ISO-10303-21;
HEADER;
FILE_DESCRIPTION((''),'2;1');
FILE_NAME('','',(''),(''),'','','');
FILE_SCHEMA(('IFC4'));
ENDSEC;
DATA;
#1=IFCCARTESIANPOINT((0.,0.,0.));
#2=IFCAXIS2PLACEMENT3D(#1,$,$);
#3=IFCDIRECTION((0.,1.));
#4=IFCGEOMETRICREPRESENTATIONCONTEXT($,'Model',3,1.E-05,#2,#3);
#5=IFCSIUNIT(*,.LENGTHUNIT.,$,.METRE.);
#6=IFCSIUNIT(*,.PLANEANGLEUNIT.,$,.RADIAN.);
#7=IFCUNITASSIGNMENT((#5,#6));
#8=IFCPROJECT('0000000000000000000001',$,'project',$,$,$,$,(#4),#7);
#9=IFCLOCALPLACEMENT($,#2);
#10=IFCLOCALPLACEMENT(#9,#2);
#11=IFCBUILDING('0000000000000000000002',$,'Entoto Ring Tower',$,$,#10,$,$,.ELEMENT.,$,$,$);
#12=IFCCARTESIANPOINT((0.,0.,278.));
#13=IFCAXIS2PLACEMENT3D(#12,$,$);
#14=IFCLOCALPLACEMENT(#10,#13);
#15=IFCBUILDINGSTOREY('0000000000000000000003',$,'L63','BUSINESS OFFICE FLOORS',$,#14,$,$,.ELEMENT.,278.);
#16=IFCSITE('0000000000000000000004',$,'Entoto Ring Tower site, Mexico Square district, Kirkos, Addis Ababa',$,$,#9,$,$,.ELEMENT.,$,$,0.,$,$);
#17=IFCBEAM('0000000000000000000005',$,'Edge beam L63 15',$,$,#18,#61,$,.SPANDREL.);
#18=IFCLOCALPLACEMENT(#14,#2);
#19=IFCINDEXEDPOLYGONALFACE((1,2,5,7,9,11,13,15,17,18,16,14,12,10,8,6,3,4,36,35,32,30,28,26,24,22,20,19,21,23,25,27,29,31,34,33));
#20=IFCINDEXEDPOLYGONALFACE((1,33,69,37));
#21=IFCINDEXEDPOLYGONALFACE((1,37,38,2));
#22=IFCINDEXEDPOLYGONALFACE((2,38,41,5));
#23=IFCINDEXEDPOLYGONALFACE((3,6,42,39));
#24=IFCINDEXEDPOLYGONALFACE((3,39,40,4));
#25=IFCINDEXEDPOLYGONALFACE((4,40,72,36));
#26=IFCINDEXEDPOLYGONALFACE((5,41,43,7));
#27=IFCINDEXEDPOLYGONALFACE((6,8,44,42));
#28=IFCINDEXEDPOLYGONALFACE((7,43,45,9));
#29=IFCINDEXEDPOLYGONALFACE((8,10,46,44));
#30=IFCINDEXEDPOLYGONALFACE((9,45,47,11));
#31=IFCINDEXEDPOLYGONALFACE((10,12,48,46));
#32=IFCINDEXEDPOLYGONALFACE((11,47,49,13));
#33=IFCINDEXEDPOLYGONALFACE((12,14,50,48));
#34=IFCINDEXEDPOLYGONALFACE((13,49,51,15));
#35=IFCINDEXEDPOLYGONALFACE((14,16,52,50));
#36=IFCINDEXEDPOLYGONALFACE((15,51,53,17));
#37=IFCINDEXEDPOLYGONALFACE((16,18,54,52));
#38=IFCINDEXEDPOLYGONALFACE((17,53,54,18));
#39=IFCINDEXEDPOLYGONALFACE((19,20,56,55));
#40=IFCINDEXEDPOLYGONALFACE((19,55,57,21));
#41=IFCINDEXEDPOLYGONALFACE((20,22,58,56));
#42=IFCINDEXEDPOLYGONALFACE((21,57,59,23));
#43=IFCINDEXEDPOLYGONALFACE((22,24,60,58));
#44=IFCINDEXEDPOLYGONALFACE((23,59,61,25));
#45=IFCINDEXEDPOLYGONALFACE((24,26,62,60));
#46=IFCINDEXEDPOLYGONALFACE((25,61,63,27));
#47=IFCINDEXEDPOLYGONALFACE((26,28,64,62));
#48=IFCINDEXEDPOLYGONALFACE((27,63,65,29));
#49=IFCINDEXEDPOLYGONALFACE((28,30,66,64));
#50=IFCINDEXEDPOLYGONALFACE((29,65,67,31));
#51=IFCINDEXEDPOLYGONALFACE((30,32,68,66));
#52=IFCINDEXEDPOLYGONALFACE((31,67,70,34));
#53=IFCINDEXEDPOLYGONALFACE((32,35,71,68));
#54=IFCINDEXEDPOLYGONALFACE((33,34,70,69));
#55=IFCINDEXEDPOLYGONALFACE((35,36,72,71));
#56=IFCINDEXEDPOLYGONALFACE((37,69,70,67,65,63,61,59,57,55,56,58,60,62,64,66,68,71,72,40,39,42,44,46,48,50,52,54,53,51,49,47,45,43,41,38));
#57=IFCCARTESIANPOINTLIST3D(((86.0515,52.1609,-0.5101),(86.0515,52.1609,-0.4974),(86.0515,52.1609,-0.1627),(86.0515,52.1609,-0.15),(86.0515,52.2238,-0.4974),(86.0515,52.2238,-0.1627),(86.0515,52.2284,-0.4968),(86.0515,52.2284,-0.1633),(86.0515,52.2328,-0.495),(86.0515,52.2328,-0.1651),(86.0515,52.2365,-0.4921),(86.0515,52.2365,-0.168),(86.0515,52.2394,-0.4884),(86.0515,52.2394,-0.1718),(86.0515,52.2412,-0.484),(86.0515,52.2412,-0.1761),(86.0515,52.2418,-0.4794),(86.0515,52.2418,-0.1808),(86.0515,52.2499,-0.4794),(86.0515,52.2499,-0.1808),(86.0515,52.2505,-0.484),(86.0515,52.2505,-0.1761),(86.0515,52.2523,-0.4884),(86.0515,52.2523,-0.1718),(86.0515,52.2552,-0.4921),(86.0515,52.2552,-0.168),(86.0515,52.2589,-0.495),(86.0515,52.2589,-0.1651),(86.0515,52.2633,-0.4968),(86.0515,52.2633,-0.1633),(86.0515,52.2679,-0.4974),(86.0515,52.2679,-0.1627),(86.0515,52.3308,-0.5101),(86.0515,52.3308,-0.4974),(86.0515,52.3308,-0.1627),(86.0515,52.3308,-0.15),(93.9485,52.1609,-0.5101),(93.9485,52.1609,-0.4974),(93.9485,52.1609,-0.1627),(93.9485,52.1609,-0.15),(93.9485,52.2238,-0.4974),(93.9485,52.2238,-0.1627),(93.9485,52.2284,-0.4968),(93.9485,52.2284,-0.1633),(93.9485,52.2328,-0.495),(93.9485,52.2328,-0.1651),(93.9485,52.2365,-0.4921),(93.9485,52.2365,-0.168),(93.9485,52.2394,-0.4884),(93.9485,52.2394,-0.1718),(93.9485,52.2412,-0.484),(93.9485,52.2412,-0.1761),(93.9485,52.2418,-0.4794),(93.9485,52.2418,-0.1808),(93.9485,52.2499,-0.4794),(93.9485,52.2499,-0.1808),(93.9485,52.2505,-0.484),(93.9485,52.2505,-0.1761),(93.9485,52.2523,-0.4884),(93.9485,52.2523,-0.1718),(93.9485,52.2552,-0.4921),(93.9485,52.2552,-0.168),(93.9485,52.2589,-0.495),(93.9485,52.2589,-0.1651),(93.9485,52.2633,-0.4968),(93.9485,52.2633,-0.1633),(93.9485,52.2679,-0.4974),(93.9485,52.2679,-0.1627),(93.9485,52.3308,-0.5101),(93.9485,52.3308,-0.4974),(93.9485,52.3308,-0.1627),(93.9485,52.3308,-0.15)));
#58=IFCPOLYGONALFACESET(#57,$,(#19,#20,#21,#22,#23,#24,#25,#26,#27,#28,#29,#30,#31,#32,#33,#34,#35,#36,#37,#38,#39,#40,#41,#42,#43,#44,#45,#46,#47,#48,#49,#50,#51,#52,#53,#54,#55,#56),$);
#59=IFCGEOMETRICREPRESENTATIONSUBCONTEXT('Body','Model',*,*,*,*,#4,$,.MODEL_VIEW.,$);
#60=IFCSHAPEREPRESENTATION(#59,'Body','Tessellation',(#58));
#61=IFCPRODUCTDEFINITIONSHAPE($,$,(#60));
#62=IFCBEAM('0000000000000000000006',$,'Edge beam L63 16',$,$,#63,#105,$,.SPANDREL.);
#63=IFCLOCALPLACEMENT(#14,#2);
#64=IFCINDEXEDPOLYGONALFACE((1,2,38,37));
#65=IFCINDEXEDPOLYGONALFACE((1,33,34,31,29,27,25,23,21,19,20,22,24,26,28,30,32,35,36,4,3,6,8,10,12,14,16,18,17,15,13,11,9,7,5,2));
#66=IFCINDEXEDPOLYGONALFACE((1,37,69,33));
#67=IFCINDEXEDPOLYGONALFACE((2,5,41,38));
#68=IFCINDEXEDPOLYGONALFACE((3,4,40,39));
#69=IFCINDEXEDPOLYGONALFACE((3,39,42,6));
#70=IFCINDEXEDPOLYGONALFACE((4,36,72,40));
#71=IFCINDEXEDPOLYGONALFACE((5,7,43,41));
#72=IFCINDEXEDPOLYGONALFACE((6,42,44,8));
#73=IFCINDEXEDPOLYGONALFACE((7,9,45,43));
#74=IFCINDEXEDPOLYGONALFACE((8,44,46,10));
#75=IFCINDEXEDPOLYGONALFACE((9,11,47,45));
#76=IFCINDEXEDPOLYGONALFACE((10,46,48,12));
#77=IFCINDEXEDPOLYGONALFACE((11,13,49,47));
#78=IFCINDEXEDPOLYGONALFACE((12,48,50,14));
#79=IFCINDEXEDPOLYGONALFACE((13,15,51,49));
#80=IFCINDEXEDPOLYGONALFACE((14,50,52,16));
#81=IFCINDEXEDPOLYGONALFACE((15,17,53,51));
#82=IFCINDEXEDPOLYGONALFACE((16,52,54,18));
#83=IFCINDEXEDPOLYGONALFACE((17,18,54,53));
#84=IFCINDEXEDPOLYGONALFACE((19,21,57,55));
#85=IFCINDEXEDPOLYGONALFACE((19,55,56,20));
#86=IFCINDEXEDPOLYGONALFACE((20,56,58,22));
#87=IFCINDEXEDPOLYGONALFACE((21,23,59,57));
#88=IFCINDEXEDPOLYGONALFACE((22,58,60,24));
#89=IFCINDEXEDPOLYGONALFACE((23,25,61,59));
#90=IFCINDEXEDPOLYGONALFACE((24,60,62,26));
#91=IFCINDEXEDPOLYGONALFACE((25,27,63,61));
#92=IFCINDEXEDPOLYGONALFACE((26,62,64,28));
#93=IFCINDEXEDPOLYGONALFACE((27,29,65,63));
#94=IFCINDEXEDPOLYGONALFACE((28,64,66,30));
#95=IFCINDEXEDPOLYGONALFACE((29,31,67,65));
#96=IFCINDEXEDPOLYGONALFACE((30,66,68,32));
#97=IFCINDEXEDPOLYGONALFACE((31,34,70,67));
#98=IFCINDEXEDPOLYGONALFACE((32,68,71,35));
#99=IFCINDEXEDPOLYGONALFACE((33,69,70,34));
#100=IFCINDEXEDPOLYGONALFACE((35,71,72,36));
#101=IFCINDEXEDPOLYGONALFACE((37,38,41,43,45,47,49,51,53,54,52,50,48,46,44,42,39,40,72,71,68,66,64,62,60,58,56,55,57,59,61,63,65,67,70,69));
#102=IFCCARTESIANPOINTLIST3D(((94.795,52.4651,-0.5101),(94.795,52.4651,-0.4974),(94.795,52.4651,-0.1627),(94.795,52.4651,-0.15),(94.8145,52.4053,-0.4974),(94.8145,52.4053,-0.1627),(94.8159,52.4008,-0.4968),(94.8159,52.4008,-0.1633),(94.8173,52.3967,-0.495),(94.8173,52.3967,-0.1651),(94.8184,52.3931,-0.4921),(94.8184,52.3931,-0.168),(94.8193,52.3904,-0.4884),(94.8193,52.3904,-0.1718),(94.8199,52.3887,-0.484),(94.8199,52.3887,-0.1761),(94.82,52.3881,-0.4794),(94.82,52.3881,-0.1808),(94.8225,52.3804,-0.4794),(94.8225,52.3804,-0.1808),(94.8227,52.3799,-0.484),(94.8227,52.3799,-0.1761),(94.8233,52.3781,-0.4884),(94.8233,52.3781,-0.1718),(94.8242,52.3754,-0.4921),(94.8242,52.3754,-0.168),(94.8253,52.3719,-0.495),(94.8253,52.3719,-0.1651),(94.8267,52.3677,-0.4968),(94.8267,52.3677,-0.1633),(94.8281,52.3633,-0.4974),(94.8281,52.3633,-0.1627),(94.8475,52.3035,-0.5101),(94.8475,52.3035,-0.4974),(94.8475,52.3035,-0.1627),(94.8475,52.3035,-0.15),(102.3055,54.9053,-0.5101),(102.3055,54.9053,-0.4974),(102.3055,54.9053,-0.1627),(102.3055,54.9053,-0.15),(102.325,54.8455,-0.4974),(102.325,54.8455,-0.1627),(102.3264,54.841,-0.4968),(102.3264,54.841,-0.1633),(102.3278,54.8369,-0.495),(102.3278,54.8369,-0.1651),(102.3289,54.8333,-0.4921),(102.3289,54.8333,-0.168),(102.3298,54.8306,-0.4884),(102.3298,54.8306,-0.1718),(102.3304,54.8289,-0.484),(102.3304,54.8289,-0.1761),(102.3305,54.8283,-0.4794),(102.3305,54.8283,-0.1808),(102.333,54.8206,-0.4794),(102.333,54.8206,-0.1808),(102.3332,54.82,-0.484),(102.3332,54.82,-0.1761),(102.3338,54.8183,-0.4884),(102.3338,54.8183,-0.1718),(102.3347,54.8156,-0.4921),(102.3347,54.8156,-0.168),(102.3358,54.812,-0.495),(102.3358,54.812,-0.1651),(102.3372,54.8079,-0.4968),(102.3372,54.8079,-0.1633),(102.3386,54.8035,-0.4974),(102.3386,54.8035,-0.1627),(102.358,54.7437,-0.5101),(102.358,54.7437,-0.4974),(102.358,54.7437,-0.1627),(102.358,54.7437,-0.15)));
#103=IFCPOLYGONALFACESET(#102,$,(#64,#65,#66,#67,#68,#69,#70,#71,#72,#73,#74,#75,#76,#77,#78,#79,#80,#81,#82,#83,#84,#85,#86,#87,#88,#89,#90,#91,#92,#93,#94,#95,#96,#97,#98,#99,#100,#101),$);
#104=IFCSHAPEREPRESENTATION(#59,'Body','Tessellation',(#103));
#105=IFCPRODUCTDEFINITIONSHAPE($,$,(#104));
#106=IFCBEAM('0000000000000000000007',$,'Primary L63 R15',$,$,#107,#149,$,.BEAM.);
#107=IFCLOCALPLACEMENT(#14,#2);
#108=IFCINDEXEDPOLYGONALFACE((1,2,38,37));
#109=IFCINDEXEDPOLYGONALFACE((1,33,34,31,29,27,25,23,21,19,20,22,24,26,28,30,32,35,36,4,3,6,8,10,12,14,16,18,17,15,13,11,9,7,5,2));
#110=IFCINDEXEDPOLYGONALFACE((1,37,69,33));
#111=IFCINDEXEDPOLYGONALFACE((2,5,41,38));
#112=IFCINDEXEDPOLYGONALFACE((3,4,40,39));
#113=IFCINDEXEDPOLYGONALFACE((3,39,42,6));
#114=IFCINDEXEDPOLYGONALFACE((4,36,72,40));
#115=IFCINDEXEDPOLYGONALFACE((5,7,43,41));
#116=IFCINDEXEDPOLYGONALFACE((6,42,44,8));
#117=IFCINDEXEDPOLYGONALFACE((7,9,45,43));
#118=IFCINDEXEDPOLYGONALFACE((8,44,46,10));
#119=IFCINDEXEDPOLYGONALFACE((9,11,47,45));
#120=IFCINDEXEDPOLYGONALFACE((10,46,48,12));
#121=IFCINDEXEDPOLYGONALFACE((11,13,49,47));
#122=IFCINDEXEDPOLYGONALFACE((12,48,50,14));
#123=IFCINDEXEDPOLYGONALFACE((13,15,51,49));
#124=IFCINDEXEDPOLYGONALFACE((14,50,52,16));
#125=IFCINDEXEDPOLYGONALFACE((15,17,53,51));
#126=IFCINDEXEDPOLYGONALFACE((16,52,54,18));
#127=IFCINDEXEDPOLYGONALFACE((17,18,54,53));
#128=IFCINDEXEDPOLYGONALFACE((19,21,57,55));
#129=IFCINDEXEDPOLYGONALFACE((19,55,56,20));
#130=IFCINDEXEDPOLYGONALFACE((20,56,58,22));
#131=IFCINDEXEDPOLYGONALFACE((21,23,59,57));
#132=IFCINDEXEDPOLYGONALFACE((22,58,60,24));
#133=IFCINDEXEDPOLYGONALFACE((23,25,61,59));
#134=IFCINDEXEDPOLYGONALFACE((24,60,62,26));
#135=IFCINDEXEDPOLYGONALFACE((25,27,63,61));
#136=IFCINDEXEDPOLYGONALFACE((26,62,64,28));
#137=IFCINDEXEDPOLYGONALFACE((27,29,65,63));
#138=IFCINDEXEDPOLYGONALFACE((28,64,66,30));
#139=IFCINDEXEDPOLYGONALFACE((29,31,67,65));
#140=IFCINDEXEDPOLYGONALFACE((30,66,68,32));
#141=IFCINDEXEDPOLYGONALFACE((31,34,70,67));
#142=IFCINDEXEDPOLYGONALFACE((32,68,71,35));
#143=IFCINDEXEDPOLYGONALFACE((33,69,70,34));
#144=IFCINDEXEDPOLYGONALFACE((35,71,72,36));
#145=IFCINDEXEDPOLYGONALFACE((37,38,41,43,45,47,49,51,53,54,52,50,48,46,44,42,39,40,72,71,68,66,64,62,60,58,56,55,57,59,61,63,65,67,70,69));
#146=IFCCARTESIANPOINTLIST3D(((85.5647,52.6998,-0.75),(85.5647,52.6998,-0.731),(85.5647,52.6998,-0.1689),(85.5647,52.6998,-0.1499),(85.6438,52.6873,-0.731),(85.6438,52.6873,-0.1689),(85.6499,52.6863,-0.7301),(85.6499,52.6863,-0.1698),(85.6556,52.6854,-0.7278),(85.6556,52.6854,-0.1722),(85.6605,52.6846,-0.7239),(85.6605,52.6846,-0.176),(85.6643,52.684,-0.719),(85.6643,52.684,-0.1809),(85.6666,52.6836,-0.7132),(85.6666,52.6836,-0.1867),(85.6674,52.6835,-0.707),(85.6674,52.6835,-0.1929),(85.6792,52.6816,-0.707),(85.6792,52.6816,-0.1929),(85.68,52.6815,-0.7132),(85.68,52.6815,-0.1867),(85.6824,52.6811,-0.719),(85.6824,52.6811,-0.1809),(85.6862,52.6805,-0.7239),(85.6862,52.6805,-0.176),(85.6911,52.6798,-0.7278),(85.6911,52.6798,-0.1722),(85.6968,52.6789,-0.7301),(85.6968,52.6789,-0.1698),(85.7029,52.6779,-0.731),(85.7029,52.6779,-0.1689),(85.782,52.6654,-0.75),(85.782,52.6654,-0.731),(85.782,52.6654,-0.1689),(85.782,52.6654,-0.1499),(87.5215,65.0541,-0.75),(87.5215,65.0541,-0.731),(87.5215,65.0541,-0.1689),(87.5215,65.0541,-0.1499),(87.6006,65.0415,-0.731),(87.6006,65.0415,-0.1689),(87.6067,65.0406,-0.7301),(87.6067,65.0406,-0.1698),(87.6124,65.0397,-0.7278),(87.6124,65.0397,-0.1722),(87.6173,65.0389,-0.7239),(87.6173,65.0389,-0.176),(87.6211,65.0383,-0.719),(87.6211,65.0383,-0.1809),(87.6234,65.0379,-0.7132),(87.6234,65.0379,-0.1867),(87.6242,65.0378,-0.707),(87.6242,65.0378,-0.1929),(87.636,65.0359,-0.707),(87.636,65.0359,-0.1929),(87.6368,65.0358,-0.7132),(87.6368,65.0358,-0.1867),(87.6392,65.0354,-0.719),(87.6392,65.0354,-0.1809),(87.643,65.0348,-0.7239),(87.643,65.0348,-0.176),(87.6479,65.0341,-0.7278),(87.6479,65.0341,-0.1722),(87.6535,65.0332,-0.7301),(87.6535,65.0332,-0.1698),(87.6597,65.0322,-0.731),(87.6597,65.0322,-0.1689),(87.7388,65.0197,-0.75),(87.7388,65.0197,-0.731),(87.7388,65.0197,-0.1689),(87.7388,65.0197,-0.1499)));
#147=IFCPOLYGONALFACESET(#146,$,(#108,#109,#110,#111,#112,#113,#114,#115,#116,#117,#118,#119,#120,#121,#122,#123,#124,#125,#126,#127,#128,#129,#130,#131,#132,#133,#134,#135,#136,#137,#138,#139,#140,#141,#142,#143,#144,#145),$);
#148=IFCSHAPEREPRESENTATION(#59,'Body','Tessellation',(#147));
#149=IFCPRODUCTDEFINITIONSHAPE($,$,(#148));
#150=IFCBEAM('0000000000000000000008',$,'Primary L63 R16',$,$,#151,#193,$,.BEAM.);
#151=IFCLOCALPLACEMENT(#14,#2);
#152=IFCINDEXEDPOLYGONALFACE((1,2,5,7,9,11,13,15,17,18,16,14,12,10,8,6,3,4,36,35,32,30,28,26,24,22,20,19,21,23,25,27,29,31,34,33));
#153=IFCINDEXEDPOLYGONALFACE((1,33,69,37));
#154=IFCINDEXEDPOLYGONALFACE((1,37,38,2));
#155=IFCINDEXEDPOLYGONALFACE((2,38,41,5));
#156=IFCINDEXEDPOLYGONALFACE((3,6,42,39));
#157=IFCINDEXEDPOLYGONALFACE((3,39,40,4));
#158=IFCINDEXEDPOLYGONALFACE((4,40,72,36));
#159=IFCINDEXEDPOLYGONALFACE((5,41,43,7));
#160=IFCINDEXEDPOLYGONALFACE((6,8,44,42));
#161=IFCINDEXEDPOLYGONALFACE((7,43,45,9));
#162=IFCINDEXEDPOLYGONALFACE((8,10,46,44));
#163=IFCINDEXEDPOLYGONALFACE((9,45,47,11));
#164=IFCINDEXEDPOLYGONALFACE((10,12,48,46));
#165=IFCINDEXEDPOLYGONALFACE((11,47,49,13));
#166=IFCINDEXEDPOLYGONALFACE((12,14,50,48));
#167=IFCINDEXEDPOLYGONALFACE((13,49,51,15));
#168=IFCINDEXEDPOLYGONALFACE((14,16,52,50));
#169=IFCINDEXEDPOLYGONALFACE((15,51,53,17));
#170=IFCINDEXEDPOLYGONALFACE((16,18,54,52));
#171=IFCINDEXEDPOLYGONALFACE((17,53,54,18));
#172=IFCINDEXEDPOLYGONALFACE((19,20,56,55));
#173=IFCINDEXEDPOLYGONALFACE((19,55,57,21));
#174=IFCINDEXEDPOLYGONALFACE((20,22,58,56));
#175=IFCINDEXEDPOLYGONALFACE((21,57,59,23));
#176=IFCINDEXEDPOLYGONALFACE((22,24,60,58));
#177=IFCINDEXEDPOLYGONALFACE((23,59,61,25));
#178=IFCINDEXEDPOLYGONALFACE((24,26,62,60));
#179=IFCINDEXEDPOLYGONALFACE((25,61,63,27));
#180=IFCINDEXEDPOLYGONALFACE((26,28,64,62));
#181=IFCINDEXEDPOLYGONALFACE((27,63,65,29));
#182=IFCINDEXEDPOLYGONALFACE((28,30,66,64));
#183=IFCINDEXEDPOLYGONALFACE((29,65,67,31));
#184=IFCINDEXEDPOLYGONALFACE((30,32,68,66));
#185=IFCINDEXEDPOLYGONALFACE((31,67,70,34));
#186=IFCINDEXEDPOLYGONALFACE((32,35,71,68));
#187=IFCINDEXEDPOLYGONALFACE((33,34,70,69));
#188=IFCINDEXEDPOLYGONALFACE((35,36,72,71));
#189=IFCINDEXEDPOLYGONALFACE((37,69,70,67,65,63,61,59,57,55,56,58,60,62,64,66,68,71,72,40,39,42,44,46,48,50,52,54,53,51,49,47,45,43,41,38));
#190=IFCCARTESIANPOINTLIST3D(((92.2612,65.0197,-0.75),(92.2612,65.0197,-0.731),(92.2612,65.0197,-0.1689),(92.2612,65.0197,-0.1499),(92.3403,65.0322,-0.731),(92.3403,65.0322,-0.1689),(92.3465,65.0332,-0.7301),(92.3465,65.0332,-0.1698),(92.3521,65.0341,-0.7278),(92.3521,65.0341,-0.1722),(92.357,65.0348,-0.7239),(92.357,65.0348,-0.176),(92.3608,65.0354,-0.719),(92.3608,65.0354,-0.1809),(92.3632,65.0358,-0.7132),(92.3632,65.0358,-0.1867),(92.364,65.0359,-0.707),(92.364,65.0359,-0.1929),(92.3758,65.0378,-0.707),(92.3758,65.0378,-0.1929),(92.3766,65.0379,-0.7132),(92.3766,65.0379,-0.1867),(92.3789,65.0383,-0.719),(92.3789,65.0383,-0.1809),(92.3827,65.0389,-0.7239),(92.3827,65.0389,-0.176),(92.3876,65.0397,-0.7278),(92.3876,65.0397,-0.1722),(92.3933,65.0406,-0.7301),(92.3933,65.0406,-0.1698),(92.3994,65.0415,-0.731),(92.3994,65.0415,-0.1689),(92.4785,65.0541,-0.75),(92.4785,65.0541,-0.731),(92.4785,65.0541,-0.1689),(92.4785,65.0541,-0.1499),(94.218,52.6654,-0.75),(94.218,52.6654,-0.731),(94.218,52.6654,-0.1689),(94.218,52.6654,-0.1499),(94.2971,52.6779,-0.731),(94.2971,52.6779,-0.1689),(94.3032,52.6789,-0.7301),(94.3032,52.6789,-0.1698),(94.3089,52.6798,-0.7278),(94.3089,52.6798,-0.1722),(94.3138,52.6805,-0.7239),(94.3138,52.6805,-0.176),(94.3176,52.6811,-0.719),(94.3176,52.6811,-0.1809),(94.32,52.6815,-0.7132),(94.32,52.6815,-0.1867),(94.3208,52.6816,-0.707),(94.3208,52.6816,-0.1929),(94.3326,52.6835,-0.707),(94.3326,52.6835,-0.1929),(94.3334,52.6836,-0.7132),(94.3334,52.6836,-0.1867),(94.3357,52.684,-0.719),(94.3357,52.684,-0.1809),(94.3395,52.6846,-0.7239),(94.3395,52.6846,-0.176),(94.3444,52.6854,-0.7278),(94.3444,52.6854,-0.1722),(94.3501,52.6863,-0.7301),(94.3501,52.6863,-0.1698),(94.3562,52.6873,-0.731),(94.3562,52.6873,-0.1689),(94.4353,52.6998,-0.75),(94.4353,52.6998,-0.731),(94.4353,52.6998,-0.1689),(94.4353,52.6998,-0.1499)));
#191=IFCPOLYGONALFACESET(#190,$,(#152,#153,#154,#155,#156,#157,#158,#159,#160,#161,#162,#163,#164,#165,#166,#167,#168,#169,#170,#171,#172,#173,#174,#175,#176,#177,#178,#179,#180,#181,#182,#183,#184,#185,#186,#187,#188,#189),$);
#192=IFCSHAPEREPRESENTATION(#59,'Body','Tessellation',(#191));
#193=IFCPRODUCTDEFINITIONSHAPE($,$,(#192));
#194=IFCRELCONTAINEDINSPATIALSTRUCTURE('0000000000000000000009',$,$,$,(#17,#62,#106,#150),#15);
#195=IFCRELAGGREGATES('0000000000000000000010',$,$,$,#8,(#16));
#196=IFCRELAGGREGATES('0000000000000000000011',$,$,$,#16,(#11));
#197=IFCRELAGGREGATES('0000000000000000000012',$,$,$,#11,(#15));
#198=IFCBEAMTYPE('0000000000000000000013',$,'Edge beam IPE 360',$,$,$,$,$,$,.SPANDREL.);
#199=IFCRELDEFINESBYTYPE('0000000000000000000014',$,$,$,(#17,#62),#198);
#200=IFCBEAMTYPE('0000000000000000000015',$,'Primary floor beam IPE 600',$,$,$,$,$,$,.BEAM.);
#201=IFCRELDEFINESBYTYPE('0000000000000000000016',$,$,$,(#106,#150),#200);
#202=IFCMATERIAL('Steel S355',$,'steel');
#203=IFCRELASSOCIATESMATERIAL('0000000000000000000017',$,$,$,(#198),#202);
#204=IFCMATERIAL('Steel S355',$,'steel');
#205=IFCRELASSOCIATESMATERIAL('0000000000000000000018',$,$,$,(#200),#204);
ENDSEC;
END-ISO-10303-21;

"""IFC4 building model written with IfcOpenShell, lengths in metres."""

from ifc_helpers import new_model, si_unit, direction, frame, origin, origin_2d, place, context, subcontext, project, spatial, i_section, extrude, material, material_profile, profile_set, type_object, element, save


model = new_model("IFC4")

# Units and contexts
model_context = context("Model", 3, precision=1e-05, world=origin(), true_north=direction((0.0, 1.0)))
body_context = subcontext(model_context, "Body", "Model", "MODEL_VIEW")
ifc_project = project(units=[si_unit("LENGTHUNIT", "METRE"), si_unit("PLANEANGLEUNIT", "RADIAN")], contexts=[model_context])

# Site, building, storey
site_placement = place(None, origin())
site = spatial("IfcSite", under=ifc_project, at=site_placement, Name="Entoto Ring Tower site, Mexico Square district, Kirkos, Addis Ababa", CompositionType="ELEMENT", RefElevation=0.0)
building_placement = place(site_placement, origin())
building = spatial("IfcBuilding", under=site, at=building_placement, Name="Entoto Ring Tower", CompositionType="ELEMENT")
storey_placement = place(building_placement, frame((0.0, 0.0, 278.0)))
storey = spatial("IfcBuildingStorey", under=building, at=storey_placement, Name="L63", Description="BUSINESS OFFICE FLOORS", CompositionType="ELEMENT", Elevation=278.0)

# Beams
ifc_material_1 = material(Name="Steel S355", Category="steel")
ifc_material_profile_1 = material_profile(ifc_material_1, i_section(OverallWidth=0.1699, OverallDepth=0.3601, WebThickness=0.0081, FlangeThickness=0.0127, FilletRadius=0.0181, at=origin_2d()), Name="IPE 360")
ifc_profile_set_1 = profile_set([ifc_material_profile_1], Name="Steel S355")
beam_type_1 = type_object("IfcBeamType", Name="Edge beam IPE 360", PredefinedType="SPANDREL", material=ifc_profile_set_1)
for number, where, z_axis, x_axis, name in (
    (1, (86.0515, 52.2458, -0.3301), (1.0, 0.0, 0.0), (0.0, 1.0, 0.0), "Edge beam L63 15"),
    (2, (94.8213, 52.3843, -0.3301), (0.951061, 0.309003, 0.0), (-0.309003, 0.951061, 0.0), "Edge beam L63 16"),
):
    element("IfcBeam", number, at=place(storey_placement, frame(where, z_axis=z_axis, x_axis=x_axis)), inside=storey, type_object=beam_type_1, Name=name, PredefinedType="SPANDREL", context=body_context, shape_type="SweptSolid", body=[
        extrude(i_section(OverallWidth=0.1699, OverallDepth=0.3601, WebThickness=0.0081, FlangeThickness=0.0127, FilletRadius=0.0181, at=origin_2d()), origin(), (0.0, 0.0, 1.0), 7.897),
    ])
ifc_material_2 = material(Name="Steel S355", Category="steel")
ifc_material_profile_2 = material_profile(ifc_material_2, i_section(OverallWidth=0.22, OverallDepth=0.6001, WebThickness=0.012, FlangeThickness=0.019, FilletRadius=0.0239, at=origin_2d()), Name="IPE 600")
ifc_profile_set_2 = profile_set([ifc_material_profile_2], Name="Steel S355")
beam_type_2 = type_object("IfcBeamType", Name="Primary floor beam IPE 600", PredefinedType="BEAM", material=ifc_profile_set_2)
for number, where, z_axis, x_axis, name in (
    (3, (87.6301, 65.0369, -0.45), (-0.15644, -0.987688, 0.0), (0.987688, -0.15644, 0.0), "Primary L63 R15"),
    (4, (92.3699, 65.0369, -0.45), (0.15644, -0.987688, 0.0), (0.987688, 0.15644, 0.0), "Primary L63 R16"),
):
    element("IfcBeam", number, at=place(storey_placement, frame(where, z_axis=z_axis, x_axis=x_axis)), inside=storey, type_object=beam_type_2, Name=name, PredefinedType="BEAM", context=body_context, shape_type="SweptSolid", body=[
        extrude(i_section(OverallWidth=0.22, OverallDepth=0.6001, WebThickness=0.012, FlangeThickness=0.019, FilletRadius=0.0239, at=origin_2d()), origin(), (0.0, 0.0, 1.0), 12.5083),
    ])

save(model, "model.ifc")
